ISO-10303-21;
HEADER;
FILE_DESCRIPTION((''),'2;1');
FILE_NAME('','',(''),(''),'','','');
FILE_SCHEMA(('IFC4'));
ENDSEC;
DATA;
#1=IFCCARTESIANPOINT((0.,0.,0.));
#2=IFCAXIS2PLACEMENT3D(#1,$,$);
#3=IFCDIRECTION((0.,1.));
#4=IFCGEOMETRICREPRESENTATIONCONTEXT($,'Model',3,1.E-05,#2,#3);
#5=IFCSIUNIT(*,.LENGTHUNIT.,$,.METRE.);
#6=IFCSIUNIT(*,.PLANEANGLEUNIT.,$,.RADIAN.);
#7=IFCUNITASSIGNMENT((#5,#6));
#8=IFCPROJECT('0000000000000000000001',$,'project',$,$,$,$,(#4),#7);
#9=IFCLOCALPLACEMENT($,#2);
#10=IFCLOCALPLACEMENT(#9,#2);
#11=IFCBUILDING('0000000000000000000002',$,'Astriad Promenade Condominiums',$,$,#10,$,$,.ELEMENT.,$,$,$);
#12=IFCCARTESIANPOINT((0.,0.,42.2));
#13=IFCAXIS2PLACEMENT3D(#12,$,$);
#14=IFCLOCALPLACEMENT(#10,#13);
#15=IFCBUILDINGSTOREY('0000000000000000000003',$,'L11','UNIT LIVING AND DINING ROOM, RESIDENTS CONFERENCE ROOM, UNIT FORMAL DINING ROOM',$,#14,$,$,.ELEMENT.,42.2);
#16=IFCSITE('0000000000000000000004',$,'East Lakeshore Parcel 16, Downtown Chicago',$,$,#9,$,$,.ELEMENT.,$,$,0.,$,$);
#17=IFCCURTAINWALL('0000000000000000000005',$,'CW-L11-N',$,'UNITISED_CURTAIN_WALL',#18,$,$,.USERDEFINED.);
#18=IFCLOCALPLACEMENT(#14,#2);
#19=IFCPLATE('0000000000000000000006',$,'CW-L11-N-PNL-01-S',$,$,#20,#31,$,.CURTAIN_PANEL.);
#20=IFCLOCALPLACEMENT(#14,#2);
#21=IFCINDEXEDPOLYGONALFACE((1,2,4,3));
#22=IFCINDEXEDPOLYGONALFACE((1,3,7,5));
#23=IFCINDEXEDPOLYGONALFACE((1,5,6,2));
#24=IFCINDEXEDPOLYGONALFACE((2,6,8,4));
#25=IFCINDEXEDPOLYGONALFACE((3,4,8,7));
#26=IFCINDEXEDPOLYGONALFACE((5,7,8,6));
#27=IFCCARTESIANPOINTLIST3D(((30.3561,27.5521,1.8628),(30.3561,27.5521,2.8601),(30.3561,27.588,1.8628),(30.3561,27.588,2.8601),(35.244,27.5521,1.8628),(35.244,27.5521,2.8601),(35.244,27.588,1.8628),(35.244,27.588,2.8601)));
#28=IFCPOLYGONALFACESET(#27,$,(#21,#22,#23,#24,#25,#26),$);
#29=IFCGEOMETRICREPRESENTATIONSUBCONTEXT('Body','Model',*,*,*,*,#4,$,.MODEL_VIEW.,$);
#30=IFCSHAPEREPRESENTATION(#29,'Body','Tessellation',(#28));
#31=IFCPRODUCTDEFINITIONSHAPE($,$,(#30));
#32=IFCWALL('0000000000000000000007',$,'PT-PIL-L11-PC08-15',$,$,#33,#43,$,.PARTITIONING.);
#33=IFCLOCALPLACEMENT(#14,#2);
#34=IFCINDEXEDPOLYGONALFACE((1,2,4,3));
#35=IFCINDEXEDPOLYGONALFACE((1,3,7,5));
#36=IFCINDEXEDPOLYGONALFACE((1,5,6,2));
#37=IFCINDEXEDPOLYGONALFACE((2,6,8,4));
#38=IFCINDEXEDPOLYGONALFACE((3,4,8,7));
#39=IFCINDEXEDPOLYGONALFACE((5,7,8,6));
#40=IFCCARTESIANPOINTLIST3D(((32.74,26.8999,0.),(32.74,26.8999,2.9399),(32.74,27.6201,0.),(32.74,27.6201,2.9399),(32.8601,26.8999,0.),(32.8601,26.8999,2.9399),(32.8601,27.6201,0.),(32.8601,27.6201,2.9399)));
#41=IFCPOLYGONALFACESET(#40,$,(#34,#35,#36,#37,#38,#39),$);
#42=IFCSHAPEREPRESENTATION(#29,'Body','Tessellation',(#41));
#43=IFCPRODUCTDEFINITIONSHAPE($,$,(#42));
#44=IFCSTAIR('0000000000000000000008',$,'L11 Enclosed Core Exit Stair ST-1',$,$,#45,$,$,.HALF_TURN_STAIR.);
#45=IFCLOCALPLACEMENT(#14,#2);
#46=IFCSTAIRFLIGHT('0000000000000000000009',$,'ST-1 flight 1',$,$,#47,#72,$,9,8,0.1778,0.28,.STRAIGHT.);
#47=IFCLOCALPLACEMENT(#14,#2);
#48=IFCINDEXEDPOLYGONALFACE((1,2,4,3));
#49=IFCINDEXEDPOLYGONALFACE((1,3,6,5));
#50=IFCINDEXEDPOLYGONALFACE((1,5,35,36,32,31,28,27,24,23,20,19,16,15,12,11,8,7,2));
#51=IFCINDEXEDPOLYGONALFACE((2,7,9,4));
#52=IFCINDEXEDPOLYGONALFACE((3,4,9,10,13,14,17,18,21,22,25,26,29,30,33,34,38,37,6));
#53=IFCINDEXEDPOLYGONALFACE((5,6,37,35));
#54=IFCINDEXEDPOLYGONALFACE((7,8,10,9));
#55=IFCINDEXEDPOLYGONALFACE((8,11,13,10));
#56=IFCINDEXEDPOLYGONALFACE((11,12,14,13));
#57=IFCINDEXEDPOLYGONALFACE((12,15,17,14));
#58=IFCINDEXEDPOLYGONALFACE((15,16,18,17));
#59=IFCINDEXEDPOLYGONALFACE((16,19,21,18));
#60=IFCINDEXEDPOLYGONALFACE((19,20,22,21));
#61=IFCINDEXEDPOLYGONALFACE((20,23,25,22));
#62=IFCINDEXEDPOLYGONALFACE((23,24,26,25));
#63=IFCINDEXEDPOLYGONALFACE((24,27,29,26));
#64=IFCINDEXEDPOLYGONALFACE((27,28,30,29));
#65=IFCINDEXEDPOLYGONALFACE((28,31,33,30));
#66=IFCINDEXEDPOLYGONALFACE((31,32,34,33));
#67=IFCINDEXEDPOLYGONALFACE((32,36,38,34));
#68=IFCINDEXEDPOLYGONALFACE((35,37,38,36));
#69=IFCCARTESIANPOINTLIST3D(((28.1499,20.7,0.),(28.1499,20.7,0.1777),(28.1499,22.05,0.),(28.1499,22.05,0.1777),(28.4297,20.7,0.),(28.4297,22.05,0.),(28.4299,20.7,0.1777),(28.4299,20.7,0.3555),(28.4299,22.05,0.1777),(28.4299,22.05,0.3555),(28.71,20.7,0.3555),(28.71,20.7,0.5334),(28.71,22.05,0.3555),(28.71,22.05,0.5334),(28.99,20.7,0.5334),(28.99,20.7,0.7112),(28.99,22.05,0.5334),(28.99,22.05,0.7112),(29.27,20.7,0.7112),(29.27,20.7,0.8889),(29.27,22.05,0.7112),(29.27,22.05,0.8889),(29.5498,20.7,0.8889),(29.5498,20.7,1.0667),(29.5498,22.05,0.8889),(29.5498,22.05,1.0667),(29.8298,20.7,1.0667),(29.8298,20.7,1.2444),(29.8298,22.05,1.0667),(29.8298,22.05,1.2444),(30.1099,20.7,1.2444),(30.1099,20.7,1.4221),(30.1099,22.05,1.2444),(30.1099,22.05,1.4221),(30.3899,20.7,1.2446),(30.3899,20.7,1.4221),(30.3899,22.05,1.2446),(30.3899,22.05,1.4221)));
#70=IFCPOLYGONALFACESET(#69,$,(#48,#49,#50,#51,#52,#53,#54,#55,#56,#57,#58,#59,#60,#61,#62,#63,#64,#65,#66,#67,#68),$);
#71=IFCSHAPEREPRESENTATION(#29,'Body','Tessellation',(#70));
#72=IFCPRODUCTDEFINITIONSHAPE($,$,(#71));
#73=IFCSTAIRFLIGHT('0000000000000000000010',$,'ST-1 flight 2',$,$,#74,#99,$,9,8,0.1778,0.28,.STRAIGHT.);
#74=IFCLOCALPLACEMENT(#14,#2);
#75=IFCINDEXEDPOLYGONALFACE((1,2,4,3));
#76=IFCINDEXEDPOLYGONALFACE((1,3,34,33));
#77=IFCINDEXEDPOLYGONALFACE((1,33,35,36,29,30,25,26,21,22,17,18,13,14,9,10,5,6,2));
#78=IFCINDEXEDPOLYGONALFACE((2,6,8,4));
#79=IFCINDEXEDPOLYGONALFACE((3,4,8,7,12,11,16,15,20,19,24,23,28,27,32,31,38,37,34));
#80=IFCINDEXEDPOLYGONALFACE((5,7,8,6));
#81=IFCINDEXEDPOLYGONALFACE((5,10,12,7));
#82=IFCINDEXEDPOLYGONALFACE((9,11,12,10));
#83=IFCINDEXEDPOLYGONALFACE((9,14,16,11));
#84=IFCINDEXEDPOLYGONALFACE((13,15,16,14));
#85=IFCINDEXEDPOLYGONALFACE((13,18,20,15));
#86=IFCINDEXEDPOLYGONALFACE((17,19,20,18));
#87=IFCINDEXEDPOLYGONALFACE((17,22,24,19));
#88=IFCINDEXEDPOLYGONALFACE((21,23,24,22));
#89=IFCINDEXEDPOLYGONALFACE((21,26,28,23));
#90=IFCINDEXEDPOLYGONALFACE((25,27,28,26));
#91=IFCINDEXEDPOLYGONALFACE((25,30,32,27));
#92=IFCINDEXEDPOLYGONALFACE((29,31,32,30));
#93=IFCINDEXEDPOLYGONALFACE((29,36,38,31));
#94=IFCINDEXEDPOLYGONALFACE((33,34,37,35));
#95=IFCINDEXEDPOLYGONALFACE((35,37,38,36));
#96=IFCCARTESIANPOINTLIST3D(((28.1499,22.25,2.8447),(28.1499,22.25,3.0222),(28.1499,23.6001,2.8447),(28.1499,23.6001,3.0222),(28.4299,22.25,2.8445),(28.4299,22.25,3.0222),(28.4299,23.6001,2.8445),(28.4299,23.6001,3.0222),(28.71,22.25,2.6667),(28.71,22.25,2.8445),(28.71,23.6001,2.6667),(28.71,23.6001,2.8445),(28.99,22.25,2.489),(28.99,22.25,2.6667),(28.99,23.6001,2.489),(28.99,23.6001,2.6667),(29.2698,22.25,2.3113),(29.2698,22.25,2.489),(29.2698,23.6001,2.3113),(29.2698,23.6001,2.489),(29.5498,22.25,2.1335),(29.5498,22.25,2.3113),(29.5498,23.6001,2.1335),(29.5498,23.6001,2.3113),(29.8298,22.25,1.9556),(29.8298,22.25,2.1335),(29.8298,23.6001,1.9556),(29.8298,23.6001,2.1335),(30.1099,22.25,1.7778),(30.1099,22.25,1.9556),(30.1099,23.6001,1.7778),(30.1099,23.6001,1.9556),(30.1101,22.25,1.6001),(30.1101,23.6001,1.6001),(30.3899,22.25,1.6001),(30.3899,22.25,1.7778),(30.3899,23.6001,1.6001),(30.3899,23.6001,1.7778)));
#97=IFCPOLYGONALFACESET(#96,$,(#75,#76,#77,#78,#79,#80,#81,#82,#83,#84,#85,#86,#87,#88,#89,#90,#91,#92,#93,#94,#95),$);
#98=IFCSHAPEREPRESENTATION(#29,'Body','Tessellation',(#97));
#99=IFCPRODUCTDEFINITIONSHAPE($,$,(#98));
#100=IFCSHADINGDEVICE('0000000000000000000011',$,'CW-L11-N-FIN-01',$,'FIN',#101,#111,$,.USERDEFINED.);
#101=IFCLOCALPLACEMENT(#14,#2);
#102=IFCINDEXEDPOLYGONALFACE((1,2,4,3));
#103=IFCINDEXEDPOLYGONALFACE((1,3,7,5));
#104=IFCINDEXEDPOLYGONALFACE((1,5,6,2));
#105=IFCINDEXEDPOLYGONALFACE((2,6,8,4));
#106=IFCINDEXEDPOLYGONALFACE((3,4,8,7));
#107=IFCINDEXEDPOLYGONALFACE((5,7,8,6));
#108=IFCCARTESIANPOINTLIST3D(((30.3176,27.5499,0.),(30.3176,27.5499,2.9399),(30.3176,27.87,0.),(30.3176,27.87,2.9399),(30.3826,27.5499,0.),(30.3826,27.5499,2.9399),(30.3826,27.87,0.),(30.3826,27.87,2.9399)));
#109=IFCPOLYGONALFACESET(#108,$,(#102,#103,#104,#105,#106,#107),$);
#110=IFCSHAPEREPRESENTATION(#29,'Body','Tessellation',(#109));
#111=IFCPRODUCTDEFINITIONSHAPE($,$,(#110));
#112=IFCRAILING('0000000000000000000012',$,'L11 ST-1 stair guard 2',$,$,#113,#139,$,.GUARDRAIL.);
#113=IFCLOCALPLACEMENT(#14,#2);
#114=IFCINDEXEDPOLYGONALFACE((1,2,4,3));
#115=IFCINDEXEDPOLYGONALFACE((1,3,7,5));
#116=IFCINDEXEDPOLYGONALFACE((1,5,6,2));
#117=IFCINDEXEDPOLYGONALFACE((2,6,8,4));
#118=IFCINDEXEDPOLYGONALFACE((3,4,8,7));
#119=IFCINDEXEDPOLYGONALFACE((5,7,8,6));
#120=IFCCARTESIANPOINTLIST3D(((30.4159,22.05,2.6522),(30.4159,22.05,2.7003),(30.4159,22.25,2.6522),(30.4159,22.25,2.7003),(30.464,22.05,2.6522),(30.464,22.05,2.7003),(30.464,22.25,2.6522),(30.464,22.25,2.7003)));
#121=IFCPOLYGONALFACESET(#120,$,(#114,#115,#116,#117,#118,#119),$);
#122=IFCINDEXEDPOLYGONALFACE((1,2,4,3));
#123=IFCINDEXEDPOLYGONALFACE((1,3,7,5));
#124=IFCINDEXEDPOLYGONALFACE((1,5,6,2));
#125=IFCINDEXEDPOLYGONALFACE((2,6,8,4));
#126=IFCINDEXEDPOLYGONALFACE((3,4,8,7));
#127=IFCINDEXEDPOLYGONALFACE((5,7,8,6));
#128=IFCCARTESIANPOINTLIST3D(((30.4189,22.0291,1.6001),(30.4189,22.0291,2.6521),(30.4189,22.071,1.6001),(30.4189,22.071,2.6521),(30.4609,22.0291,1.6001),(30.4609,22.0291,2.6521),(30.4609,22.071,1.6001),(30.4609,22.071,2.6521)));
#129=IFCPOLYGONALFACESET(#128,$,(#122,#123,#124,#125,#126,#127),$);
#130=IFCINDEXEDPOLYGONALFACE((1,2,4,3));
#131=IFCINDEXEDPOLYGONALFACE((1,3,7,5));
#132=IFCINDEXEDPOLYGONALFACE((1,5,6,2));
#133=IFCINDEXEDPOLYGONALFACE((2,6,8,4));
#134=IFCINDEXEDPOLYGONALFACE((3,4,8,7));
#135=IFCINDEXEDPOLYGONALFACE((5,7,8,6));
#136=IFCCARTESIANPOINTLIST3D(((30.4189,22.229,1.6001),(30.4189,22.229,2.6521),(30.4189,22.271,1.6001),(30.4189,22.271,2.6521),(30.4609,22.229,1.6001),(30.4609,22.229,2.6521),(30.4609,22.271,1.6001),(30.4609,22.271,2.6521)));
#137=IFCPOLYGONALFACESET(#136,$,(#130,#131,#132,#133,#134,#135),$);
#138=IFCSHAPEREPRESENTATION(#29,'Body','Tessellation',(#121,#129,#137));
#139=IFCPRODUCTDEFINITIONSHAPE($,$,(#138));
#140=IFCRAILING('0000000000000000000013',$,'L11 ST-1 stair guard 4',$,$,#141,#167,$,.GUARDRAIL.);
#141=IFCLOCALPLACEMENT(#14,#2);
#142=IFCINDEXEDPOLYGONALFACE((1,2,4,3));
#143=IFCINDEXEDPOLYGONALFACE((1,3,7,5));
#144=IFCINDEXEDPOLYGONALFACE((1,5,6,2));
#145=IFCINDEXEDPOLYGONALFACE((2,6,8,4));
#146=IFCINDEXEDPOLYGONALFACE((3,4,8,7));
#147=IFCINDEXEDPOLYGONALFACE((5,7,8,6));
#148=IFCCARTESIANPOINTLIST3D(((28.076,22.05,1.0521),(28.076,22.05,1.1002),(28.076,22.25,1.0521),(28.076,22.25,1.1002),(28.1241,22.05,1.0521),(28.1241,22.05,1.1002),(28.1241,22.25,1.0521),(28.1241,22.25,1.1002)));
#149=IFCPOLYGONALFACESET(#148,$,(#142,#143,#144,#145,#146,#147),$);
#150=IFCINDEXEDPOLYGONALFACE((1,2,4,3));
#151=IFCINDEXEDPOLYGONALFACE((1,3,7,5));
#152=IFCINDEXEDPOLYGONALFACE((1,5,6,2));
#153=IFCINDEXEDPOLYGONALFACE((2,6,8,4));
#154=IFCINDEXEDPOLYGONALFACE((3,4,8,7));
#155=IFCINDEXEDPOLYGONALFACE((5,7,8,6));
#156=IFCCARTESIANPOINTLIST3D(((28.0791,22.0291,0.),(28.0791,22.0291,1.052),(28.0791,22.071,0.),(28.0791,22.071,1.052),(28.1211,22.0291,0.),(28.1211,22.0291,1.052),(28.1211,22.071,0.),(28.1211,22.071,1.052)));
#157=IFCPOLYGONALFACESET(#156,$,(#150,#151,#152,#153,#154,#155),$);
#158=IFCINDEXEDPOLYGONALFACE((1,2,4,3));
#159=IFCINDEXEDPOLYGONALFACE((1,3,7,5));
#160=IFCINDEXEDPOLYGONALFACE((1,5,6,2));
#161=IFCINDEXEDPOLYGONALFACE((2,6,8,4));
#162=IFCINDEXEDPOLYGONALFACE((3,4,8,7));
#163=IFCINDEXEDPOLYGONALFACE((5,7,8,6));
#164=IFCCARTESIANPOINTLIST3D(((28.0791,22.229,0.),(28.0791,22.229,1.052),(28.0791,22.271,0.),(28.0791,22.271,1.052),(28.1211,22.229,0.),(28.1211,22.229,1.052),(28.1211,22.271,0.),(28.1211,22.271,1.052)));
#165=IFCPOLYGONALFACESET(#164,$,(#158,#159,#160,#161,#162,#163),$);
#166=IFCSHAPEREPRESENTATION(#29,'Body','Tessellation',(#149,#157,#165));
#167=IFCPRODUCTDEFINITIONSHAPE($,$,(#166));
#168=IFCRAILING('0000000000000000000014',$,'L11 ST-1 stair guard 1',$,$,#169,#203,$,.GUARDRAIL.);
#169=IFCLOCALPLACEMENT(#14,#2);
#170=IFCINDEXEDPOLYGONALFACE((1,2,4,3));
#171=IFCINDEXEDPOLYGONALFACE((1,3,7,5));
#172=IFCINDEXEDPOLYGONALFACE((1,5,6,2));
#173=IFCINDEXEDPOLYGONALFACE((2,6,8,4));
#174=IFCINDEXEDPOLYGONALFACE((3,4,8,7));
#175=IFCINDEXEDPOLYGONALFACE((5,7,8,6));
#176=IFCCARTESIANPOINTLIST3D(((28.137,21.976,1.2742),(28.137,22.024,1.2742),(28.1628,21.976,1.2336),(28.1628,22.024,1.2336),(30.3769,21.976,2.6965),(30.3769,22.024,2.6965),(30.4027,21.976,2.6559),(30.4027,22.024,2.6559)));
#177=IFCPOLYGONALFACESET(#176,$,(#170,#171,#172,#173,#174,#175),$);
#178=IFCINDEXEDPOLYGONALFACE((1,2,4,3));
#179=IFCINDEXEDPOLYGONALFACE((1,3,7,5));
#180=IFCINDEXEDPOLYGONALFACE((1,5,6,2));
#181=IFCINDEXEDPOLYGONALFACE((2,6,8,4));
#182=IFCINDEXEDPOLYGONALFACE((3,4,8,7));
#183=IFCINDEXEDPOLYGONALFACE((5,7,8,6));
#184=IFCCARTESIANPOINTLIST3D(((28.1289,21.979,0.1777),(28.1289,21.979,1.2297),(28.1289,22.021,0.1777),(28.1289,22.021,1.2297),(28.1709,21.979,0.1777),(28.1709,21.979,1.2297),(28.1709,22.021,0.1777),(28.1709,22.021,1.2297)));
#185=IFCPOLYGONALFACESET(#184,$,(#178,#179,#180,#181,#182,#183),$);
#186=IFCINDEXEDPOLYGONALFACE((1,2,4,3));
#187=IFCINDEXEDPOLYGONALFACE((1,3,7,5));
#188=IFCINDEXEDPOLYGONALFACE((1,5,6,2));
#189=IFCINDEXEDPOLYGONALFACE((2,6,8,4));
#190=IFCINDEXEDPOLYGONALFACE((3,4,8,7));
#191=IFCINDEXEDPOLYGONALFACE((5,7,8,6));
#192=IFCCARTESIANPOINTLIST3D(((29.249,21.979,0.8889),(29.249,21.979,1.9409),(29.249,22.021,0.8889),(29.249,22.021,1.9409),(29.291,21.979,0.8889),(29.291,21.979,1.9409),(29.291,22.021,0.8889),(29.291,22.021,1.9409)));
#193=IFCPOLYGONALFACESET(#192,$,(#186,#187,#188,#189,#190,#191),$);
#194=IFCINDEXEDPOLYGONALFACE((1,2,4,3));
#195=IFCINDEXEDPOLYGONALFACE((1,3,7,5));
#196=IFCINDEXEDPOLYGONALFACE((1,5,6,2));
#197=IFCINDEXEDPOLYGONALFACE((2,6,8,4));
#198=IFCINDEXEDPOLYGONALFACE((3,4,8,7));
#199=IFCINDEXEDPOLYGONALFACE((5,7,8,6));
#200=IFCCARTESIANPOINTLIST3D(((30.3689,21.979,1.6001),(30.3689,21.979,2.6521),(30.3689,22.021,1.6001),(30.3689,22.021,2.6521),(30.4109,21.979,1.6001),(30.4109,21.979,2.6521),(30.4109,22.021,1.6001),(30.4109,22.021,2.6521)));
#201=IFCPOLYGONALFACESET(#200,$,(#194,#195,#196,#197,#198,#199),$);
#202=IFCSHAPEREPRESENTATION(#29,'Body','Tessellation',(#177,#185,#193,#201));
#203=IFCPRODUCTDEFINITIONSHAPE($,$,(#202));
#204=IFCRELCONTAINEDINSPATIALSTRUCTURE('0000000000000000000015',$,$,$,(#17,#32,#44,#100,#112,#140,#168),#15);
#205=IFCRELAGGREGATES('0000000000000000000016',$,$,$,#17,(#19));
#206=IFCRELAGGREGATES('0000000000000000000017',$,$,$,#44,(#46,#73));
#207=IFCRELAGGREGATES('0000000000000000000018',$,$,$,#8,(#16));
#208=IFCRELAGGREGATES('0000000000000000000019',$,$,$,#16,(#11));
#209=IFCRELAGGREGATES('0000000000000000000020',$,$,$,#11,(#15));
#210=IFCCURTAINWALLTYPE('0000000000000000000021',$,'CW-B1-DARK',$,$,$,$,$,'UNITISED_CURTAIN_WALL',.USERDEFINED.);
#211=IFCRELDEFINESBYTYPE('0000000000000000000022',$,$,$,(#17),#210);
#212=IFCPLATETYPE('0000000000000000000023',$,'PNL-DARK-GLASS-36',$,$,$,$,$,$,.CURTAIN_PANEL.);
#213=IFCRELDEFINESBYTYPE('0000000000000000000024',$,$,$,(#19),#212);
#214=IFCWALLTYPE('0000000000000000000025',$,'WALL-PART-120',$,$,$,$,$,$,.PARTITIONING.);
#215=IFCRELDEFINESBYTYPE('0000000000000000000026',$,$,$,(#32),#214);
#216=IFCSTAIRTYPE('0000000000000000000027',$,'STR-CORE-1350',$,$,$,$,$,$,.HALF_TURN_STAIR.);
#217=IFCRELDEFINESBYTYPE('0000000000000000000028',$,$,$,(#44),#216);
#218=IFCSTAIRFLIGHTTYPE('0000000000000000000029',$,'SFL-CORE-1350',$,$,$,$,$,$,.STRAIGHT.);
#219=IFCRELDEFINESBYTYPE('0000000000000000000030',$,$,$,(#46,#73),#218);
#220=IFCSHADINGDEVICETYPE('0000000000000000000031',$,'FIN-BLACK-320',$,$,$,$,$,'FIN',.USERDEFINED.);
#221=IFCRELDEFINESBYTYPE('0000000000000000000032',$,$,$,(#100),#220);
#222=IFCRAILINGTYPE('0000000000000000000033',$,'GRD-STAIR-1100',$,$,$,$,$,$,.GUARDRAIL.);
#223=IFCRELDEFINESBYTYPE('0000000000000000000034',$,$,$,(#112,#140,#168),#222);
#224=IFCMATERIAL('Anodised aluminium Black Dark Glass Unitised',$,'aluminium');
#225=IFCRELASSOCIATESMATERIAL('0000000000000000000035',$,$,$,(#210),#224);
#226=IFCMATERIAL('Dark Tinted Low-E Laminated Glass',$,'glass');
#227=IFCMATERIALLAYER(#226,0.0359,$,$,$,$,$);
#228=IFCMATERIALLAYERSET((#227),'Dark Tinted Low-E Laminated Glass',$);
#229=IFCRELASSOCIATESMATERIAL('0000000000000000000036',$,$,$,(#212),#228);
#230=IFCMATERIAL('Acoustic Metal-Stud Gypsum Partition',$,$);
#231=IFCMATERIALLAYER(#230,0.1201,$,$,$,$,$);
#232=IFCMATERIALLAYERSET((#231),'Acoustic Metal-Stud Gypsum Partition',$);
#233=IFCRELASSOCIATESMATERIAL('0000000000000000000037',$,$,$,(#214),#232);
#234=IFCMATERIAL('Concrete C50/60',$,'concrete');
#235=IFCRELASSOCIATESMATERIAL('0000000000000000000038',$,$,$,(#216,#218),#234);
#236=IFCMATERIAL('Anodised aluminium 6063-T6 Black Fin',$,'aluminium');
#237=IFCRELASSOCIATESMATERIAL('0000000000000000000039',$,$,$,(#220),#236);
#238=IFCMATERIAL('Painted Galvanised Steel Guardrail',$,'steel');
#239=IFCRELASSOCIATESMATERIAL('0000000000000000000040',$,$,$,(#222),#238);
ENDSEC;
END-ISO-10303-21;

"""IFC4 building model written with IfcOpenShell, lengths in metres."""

from ifc_helpers import new_model, si_unit, direction, frame, frame_2d, origin, origin_2d, place, context, subcontext, project, spatial, polyline, rectangle, outline, extrude, source, transform, mapped, material, layer, layer_set, type_object, type_shapes, element, aggregate, save


model = new_model("IFC4")

# Units and contexts
model_context = context("Model", 3, precision=1e-05, world=origin(), true_north=direction((0.0, 1.0)))
body_context = subcontext(model_context, "Body", "Model", "MODEL_VIEW")
ifc_project = project(units=[si_unit("LENGTHUNIT", "METRE"), si_unit("PLANEANGLEUNIT", "RADIAN")], contexts=[model_context])

# Site, building, storey
site_placement = place(None, origin())
site = spatial("IfcSite", under=ifc_project, at=site_placement, Name="East Lakeshore Parcel 16, Downtown Chicago", CompositionType="ELEMENT", RefElevation=0.0)
building_placement = place(site_placement, origin())
building = spatial("IfcBuilding", under=site, at=building_placement, Name="Astriad Promenade Condominiums", CompositionType="ELEMENT")
storey_placement = place(building_placement, frame((0.0, 0.0, 42.2)))
storey = spatial("IfcBuildingStorey", under=building, at=storey_placement, Name="L11", Description="UNIT LIVING AND DINING ROOM, RESIDENTS CONFERENCE ROOM, UNIT FORMAL DINING ROOM", CompositionType="ELEMENT", Elevation=42.2)

# Curtain wall, plate
ifc_material_1 = material(Name="Anodised aluminium Black Dark Glass Unitised", Category="aluminium")
curtain_wall_type = type_object("IfcCurtainWallType", Name="CW-B1-DARK", ElementType="UNITISED_CURTAIN_WALL", PredefinedType="USERDEFINED", material=ifc_material_1)
curtain_wall_placement = place(storey_placement, origin())
curtain_wall = element("IfcCurtainWall", 1, at=curtain_wall_placement, inside=storey, type_object=curtain_wall_type, Name="CW-L11-N", ObjectType="UNITISED_CURTAIN_WALL", PredefinedType="USERDEFINED")
ifc_material_2 = material(Name="Dark Tinted Low-E Laminated Glass", Category="glass")
ifc_layer_1 = layer(ifc_material_2, 0.0359)
ifc_layer_set_1 = layer_set([ifc_layer_1], Name="Dark Tinted Low-E Laminated Glass")
plate_type = type_object("IfcPlateType", Name="PNL-DARK-GLASS-36", PredefinedType="CURTAIN_PANEL", material=ifc_layer_set_1)
shared_shape_1 = source(origin(), body_context, "Body", "SweptSolid", [
    extrude(rectangle(XDim=4.8879, YDim=0.0359, at=origin_2d()), origin(), (0.0, 0.0, 1.0), 0.9973),
])
plate_1_placement = place(storey_placement, frame((32.8, 27.5701, 1.8628), z_axis=(0.0, 0.0, 1.0), x_axis=(1.0, 0.0, 0.0)))
plate_1 = element("IfcPlate", 2, at=plate_1_placement, type_object=plate_type, Name="CW-L11-N-PNL-01-S", PredefinedType="CURTAIN_PANEL", context=body_context, shape_type="MappedRepresentation", body=[
    mapped(shared_shape_1, transform((0.0, 0.0, 0.0), scale=1.0)),
])
aggregate(curtain_wall, [plate_1])

# Wall
ifc_material_3 = material(Name="Acoustic Metal-Stud Gypsum Partition")
ifc_layer_2 = layer(ifc_material_3, 0.1201)
ifc_layer_set_2 = layer_set([ifc_layer_2], Name="Acoustic Metal-Stud Gypsum Partition")
wall_type = type_object("IfcWallType", Name="WALL-PART-120", PredefinedType="PARTITIONING", material=ifc_layer_set_2)
wall_placement = place(storey_placement, frame((32.8, 26.8999, 0.0), z_axis=(0.0, 0.0, 1.0), x_axis=(0.0, 1.0, 0.0)))
element("IfcWall", 3, at=wall_placement, inside=storey, type_object=wall_type, Name="PT-PIL-L11-PC08-15", PredefinedType="PARTITIONING", context=body_context, shape_type="SweptSolid", body=[
    extrude(rectangle(XDim=0.7202, YDim=0.1201, at=frame_2d((0.3601, 0.0))), origin(), (0.0, 0.0, 1.0), 2.9399),
])

# Stair, stair flights
ifc_material_4 = material(Name="Concrete C50/60", Category="concrete")
stair_type = type_object("IfcStairType", Name="STR-CORE-1350", PredefinedType="HALF_TURN_STAIR", material=ifc_material_4)
stair_placement = place(storey_placement, origin())
stair = element("IfcStair", 4, at=stair_placement, inside=storey, type_object=stair_type, Name="L11 Enclosed Core Exit Stair ST-1", PredefinedType="HALF_TURN_STAIR")
stair_flight_type = type_object("IfcStairFlightType", Name="SFL-CORE-1350", PredefinedType="STRAIGHT", material=ifc_material_4)
shared_shape_2 = source(origin(), body_context, "Body", "SweptSolid", [
    extrude(outline(polyline([(0.0, 0.0), (0.0, 0.1777), (0.28, 0.1777), (0.28, 0.3555), (0.5601, 0.3555), (0.5601, 0.5334), (0.8401, 0.5334), (0.8401, 0.7112), (1.1201, 0.7112), (1.1201, 0.8889), (1.3999, 0.8889), (1.3999, 1.0667), (1.6799, 1.0667), (1.6799, 1.2444), (1.96, 1.2444), (1.96, 1.4221), (2.24, 1.4221), (2.24, 1.6001), (2.24, 1.2446), (0.2798, 0.0), (0.0, 0.0)])), frame((0.0, 0.675, 0.0), z_axis=(0.0, -1.0, 0.0), x_axis=(1.0, 0.0, 0.0)), (0.0, 0.0, 1.0), 1.3501),
])
type_shapes(stair_flight_type, [shared_shape_2])
stair_flight_1_placement = place(storey_placement, frame((28.1499, 21.375, 0.0), z_axis=(0.0, 0.0, 1.0), x_axis=(1.0, 0.0, 0.0)))
stair_flight_1 = element("IfcStairFlight", 5, at=stair_flight_1_placement, type_object=stair_flight_type, Name="ST-1 flight 1", NumberOfRisers=9, NumberOfTreads=8, PredefinedType="STRAIGHT", RiserHeight=0.1778, TreadLength=0.28, context=body_context, shape_type="MappedRepresentation", body=[
    mapped(shared_shape_2, transform((0.0, 0.0, 0.0), scale=1.0)),
])
stair_flight_2_placement = place(storey_placement, frame((30.3899, 22.925, 1.6001), z_axis=(0.0, 0.0, 1.0), x_axis=(-1.0, 0.0, 0.0)))
stair_flight_2 = element("IfcStairFlight", 6, at=stair_flight_2_placement, type_object=stair_flight_type, Name="ST-1 flight 2", NumberOfRisers=9, NumberOfTreads=8, PredefinedType="STRAIGHT", RiserHeight=0.1778, TreadLength=0.28, context=body_context, shape_type="MappedRepresentation", body=[
    mapped(shared_shape_2, transform((0.0, 0.0, 0.0), scale=1.0)),
])
aggregate(stair, [stair_flight_1, stair_flight_2])

# Shading device
ifc_material_5 = material(Name="Anodised aluminium 6063-T6 Black Fin", Category="aluminium")
shading_device_type = type_object("IfcShadingDeviceType", Name="FIN-BLACK-320", ElementType="FIN", PredefinedType="USERDEFINED", material=ifc_material_5)
shared_shape_3 = source(origin(), body_context, "Body", "SweptSolid", [
    extrude(rectangle(XDim=0.0649, YDim=0.3201, at=origin_2d()), origin(), (0.0, 0.0, 1.0), 2.9399),
])
type_shapes(shading_device_type, [shared_shape_3])
shading_device_placement = place(storey_placement, frame((30.3501, 27.71, 0.0), z_axis=(0.0, 0.0, 1.0), x_axis=(1.0, 0.0, 0.0)))
element("IfcShadingDevice", 7, at=shading_device_placement, inside=storey, type_object=shading_device_type, Name="CW-L11-N-FIN-01", ObjectType="FIN", PredefinedType="USERDEFINED", context=body_context, shape_type="MappedRepresentation", body=[
    mapped(shared_shape_3, transform((0.0, 0.0, 0.0), scale=1.0)),
])

# Railings
ifc_material_6 = material(Name="Painted Galvanised Steel Guardrail", Category="steel")
railing_type_1 = type_object("IfcRailingType", Name="GRD-STAIR-1100", PredefinedType="GUARDRAIL", material=ifc_material_6)
shared_shape_4 = source(origin(), body_context, "Body", "SweptSolid", [
    extrude(rectangle(XDim=0.0481, YDim=0.0481, at=origin_2d()), frame((0.0, 0.0, 1.0762), z_axis=(0.0, 1.0, 0.0), x_axis=(-1.0, 0.0, 0.0)), (0.0, 0.0, 1.0), 0.2),
    extrude(rectangle(XDim=0.042, YDim=0.042, at=origin_2d()), origin(), (0.0, 0.0, 1.0), 1.052),
    extrude(rectangle(XDim=0.042, YDim=0.042, at=origin_2d()), frame((0.0, 0.2, 0.0)), (0.0, 0.0, 1.0), 1.052),
])
for number, where, name in (
    (8, (30.4399, 22.05, 1.6001), "L11 ST-1 stair guard 2"),
    (9, (28.1001, 22.05, 0.0), "L11 ST-1 stair guard 4"),
):
    element("IfcRailing", number, at=place(storey_placement, frame(where)), inside=storey, type_object=railing_type_1, Name=name, PredefinedType="GUARDRAIL", context=body_context, shape_type="MappedRepresentation", body=[
        mapped(shared_shape_4, transform((0.0, 0.0, 0.0), scale=1.0)),
    ])
shared_shape_5 = source(origin(), body_context, "Body", "SweptSolid", [
    extrude(rectangle(XDim=0.0481, YDim=0.0481, at=origin_2d()), frame((0.0, 0.0, 1.0762), z_axis=(0.844188, 0.0, 0.536048), x_axis=(0.0, 1.0, 0.0)), (0.0, 0.0, 1.0), 2.6533),
    extrude(rectangle(XDim=0.042, YDim=0.042, at=origin_2d()), origin(), (0.0, 0.0, 1.0), 1.052),
    extrude(rectangle(XDim=0.042, YDim=0.042, at=origin_2d()), frame((1.1201, 0.0, 0.7112)), (0.0, 0.0, 1.0), 1.052),
    extrude(rectangle(XDim=0.042, YDim=0.042, at=origin_2d()), frame((2.24, 0.0, 1.4224)), (0.0, 0.0, 1.0), 1.052),
])
railing_1_placement = place(storey_placement, frame((28.1499, 22.0, 0.1777)))
element("IfcRailing", 10, at=railing_1_placement, inside=storey, type_object=railing_type_1, Name="L11 ST-1 stair guard 1", PredefinedType="GUARDRAIL", context=body_context, shape_type="MappedRepresentation", body=[
    mapped(shared_shape_5, transform((0.0, 0.0, 0.0), scale=1.0)),
])

save(model, "model.ifc")
